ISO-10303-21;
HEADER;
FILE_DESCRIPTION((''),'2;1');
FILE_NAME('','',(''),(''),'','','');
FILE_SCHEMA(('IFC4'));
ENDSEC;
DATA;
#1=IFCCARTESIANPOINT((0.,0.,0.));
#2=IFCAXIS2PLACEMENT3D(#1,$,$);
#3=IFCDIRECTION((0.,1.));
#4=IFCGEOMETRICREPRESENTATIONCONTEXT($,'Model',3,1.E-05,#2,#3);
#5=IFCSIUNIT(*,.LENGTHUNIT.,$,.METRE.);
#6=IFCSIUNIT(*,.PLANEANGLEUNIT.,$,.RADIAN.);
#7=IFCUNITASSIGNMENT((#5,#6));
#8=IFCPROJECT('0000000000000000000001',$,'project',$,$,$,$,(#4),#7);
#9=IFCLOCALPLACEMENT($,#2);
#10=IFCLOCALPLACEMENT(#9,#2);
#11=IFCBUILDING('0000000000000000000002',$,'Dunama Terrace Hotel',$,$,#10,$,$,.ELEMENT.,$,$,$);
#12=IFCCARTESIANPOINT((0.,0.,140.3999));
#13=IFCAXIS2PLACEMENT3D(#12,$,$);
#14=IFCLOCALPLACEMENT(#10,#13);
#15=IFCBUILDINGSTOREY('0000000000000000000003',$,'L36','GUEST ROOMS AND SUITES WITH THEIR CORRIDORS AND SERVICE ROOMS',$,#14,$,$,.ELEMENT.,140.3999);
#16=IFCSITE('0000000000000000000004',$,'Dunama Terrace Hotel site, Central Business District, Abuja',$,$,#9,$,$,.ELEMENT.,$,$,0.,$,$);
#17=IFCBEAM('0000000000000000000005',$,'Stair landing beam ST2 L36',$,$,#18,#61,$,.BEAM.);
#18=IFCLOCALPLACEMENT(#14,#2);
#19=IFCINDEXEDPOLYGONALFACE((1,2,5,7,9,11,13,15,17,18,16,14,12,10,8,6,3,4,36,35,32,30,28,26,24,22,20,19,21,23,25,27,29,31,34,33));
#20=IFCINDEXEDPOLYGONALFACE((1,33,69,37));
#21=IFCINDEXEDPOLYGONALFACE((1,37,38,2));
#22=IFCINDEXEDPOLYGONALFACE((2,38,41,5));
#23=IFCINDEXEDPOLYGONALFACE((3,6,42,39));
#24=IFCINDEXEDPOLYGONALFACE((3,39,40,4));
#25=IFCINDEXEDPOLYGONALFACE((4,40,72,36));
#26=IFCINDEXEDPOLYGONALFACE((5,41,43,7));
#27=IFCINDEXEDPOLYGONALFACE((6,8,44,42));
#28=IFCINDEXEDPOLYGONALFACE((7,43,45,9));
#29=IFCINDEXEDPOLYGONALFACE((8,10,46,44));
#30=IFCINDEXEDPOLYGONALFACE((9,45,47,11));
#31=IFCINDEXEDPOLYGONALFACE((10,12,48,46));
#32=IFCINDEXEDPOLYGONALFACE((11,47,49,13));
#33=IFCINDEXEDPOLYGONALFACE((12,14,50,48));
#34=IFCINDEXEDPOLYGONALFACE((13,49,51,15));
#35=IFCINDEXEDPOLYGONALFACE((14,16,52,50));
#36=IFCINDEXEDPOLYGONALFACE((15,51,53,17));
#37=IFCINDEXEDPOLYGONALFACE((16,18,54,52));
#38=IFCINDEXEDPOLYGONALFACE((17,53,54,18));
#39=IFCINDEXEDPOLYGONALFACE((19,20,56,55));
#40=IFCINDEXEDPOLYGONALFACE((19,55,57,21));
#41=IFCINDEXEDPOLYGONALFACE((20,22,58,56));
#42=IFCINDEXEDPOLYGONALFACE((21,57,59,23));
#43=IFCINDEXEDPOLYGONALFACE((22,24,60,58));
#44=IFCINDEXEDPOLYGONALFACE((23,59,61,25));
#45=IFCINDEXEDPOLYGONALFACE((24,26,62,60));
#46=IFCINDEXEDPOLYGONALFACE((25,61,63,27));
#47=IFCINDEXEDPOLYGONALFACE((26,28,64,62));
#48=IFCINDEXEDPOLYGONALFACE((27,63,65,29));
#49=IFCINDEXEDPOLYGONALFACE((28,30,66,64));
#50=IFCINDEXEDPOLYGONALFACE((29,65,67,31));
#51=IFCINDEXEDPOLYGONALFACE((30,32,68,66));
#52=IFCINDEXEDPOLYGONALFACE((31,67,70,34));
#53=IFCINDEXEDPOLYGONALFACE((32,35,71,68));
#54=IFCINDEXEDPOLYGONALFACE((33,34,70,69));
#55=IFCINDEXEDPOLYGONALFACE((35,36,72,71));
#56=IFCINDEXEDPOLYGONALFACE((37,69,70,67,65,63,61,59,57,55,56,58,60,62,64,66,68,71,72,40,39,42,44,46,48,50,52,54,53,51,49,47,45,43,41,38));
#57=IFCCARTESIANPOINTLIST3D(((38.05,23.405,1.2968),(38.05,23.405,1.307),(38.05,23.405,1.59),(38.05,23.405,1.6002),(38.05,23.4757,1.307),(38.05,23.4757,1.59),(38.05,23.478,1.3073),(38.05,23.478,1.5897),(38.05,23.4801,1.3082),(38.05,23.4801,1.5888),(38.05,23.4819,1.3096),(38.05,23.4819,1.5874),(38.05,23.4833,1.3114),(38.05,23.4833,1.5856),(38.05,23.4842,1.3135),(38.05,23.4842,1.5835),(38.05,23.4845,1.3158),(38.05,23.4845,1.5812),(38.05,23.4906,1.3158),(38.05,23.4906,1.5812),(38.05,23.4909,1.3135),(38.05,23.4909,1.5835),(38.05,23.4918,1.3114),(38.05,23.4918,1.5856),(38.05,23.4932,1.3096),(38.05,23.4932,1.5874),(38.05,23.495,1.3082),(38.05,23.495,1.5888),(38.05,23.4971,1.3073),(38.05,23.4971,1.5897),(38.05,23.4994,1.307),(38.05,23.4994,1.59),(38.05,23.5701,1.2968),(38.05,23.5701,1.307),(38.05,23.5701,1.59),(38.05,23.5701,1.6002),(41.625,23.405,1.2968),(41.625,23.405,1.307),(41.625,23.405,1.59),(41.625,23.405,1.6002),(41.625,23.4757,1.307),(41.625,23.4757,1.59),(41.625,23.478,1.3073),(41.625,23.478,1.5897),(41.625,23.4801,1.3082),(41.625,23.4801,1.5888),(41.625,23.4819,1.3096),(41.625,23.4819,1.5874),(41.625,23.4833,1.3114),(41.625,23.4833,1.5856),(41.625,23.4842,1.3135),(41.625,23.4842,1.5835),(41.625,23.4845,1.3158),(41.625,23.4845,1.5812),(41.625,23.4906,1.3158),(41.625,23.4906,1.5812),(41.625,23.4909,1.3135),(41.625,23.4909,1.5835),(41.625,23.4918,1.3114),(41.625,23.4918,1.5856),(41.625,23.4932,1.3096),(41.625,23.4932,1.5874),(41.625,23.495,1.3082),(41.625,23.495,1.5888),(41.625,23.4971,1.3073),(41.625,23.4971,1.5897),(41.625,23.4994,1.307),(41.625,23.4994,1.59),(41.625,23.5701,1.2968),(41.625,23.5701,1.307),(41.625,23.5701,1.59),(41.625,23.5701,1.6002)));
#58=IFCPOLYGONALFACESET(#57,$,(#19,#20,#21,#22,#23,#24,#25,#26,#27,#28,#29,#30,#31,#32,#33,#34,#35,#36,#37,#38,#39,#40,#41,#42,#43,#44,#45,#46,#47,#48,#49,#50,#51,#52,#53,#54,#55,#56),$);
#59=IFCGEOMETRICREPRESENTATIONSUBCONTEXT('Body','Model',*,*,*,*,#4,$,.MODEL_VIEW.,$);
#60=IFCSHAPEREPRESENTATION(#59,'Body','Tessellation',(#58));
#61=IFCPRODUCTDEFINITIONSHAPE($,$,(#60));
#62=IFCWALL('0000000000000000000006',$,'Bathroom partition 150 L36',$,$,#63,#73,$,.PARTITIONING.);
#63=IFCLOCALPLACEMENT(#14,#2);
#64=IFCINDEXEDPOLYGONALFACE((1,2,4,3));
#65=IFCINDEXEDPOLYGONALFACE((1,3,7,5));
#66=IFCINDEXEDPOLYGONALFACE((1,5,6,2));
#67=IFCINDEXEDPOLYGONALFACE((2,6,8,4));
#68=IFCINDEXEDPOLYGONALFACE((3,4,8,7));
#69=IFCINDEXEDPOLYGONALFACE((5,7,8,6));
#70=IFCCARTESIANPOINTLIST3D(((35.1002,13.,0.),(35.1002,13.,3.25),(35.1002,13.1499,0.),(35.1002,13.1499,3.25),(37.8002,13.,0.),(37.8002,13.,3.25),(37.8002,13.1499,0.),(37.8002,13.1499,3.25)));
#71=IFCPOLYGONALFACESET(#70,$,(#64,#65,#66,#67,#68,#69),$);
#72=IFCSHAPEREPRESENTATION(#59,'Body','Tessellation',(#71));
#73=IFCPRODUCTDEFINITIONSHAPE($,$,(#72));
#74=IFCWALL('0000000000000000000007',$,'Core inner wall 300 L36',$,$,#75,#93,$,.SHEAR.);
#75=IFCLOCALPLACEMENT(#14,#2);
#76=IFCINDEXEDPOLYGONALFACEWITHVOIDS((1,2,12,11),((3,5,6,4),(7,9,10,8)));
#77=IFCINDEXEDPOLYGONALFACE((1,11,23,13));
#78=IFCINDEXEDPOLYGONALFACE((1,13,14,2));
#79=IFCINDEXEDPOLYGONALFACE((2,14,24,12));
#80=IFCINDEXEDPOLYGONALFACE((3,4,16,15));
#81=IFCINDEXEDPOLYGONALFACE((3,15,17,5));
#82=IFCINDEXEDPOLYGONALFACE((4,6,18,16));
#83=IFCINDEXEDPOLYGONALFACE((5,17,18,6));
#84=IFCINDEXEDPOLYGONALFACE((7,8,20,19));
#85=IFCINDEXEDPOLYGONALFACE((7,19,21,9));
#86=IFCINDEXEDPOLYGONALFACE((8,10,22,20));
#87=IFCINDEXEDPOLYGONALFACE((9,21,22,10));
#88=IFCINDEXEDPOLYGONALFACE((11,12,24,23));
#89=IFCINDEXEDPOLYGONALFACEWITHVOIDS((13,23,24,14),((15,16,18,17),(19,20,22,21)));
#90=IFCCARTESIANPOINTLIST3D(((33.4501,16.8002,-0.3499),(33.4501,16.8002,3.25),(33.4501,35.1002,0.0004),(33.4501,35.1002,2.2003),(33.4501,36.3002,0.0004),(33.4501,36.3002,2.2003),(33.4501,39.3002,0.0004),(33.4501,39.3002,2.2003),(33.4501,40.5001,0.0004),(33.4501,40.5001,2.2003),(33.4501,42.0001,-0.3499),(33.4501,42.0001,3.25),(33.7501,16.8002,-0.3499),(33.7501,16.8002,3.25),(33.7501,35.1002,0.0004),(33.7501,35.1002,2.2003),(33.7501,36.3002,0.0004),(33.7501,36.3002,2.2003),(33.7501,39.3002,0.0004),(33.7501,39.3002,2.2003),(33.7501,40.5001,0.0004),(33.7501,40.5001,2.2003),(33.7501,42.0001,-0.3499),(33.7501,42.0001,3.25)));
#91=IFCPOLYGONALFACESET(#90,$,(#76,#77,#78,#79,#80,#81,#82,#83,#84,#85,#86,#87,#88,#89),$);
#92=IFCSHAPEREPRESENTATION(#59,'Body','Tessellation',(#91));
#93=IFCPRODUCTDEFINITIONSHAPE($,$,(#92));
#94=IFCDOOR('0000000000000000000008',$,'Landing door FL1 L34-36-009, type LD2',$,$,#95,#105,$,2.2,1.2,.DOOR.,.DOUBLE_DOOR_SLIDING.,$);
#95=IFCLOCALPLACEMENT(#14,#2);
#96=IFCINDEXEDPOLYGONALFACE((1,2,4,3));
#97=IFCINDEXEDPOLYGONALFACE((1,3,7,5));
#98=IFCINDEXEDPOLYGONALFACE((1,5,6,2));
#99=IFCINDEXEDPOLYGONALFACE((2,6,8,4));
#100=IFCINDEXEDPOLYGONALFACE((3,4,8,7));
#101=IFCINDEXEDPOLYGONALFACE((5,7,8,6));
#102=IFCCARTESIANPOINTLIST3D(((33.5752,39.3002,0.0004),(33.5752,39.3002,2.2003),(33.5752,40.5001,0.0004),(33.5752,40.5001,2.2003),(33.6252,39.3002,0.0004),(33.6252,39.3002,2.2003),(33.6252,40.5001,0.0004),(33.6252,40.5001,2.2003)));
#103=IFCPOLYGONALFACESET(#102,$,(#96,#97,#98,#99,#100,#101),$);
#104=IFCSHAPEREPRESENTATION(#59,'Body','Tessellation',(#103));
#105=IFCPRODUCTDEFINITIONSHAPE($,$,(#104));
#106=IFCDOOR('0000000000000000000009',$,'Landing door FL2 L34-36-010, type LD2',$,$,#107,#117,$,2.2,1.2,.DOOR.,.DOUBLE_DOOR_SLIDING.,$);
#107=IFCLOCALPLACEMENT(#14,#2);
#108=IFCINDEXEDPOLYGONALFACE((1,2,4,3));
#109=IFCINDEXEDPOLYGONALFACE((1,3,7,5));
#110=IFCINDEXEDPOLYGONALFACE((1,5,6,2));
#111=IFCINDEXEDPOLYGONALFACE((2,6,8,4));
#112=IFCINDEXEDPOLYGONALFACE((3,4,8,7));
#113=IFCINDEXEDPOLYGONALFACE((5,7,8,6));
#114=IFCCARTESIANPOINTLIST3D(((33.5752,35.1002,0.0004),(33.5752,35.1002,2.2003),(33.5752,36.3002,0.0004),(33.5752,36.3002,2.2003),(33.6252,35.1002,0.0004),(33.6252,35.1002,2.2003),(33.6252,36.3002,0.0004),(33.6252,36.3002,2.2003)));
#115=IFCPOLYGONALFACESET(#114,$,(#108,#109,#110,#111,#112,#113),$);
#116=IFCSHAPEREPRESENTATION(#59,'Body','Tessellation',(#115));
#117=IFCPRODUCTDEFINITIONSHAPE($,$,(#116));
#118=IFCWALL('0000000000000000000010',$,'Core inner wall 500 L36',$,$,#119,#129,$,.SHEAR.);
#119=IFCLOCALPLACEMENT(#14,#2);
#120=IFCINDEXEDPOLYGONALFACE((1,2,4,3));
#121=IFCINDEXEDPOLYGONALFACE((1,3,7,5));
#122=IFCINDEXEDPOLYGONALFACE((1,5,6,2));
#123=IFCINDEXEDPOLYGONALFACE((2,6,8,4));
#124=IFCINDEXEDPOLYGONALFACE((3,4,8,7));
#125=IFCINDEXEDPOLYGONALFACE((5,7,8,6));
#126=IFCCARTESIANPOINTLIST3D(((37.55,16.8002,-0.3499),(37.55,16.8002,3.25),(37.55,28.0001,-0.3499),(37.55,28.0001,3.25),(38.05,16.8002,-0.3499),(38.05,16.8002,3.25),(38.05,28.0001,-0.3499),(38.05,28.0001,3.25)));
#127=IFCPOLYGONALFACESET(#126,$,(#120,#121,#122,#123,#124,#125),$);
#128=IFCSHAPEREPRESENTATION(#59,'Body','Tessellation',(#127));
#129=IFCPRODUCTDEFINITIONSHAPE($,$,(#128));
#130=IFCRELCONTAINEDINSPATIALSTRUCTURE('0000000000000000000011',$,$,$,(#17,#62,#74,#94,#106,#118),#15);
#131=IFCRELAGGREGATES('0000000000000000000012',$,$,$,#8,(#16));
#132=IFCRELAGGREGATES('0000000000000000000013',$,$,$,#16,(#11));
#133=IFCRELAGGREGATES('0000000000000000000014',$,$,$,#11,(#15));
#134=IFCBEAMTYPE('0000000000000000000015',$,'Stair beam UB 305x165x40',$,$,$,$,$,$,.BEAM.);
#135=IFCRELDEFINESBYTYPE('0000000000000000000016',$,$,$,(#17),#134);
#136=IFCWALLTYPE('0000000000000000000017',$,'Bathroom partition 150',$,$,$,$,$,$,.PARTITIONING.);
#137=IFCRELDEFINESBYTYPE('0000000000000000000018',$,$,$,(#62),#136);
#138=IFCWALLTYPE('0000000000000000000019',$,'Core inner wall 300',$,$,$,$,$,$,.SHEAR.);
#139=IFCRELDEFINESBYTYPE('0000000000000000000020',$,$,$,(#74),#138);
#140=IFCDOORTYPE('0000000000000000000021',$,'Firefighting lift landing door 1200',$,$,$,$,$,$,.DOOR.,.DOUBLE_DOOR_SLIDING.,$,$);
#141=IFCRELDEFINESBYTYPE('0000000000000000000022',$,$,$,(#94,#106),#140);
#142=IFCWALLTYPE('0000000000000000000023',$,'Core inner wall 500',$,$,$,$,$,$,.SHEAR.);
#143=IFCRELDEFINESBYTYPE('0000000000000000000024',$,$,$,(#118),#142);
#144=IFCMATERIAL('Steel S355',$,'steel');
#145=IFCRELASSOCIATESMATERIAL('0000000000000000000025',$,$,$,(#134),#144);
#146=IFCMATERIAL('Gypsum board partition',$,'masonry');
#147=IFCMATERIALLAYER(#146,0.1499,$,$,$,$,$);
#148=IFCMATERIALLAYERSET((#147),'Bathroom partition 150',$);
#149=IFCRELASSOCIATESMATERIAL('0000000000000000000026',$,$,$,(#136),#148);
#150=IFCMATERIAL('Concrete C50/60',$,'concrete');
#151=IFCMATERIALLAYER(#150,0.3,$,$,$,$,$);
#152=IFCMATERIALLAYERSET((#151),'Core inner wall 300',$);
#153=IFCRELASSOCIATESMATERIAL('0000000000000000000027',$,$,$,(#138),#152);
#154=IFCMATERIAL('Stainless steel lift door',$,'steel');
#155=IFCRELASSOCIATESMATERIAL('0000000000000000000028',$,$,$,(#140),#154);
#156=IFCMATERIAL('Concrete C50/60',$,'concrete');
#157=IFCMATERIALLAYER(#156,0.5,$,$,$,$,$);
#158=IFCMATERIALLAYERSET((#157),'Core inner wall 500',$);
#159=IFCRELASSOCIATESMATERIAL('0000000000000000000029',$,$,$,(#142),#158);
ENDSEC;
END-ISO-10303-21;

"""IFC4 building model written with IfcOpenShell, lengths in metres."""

from ifc_helpers import new_model, si_unit, direction, frame, frame_2d, origin, origin_2d, place, context, subcontext, project, spatial, rectangle, i_section, extrude, material, layer, layer_set, material_profile, profile_set, type_object, element, fill, save


model = new_model("IFC4")

# Units and contexts
model_context = context("Model", 3, precision=1e-05, world=origin(), true_north=direction((0.0, 1.0)))
body_context = subcontext(model_context, "Body", "Model", "MODEL_VIEW")
ifc_project = project(units=[si_unit("LENGTHUNIT", "METRE"), si_unit("PLANEANGLEUNIT", "RADIAN")], contexts=[model_context])

# Site, building, storey
site_placement = place(None, origin())
site = spatial("IfcSite", under=ifc_project, at=site_placement, Name="Dunama Terrace Hotel site, Central Business District, Abuja", CompositionType="ELEMENT", RefElevation=0.0)
building_placement = place(site_placement, origin())
building = spatial("IfcBuilding", under=site, at=building_placement, Name="Dunama Terrace Hotel", CompositionType="ELEMENT")
storey_placement = place(building_placement, frame((0.0, 0.0, 140.3999)))
storey = spatial("IfcBuildingStorey", under=building, at=storey_placement, Name="L36", Description="GUEST ROOMS AND SUITES WITH THEIR CORRIDORS AND SERVICE ROOMS", CompositionType="ELEMENT", Elevation=140.3999)

# Beam
ifc_material_1 = material(Name="Steel S355", Category="steel")
ifc_material_profile = material_profile(ifc_material_1, i_section(OverallWidth=0.165, OverallDepth=0.3035, WebThickness=0.0061, FlangeThickness=0.0103, FilletRadius=0.0088, at=origin_2d()), Name="UB 305x165x40")
ifc_profile_set = profile_set([ifc_material_profile], Name="Steel S355")
beam_type = type_object("IfcBeamType", Name="Stair beam UB 305x165x40", PredefinedType="BEAM", material=ifc_profile_set)
beam_placement = place(storey_placement, frame((38.05, 23.4875, 1.4485), z_axis=(1.0, 0.0, 0.0), x_axis=(0.0, 1.0, 0.0)))
element("IfcBeam", 1, at=beam_placement, inside=storey, type_object=beam_type, Name="Stair landing beam ST2 L36", PredefinedType="BEAM", context=body_context, shape_type="SweptSolid", body=[
    extrude(i_section(OverallWidth=0.165, OverallDepth=0.3035, WebThickness=0.0061, FlangeThickness=0.0103, FilletRadius=0.0088, at=origin_2d()), origin(), (0.0, 0.0, 1.0), 3.575),
])

# Wall
ifc_material_2 = material(Name="Gypsum board partition", Category="masonry")
ifc_layer_1 = layer(ifc_material_2, 0.1499)
ifc_layer_set_1 = layer_set([ifc_layer_1], Name="Bathroom partition 150")
wall_type_1 = type_object("IfcWallType", Name="Bathroom partition 150", PredefinedType="PARTITIONING", material=ifc_layer_set_1)
wall_1_placement = place(storey_placement, frame((35.1001, 13.075, 0.0), z_axis=(0.0, 0.0, 1.0), x_axis=(1.0, 0.0, 0.0)))
element("IfcWall", 2, at=wall_1_placement, inside=storey, type_object=wall_type_1, Name="Bathroom partition 150 L36", PredefinedType="PARTITIONING", context=body_context, shape_type="SweptSolid", body=[
    extrude(rectangle(XDim=2.7, YDim=0.1499, at=frame_2d((1.3501, 0.0))), origin(), (0.0, 0.0, 1.0), 3.25),
])

# Wall, openings, doors
ifc_material_3 = material(Name="Concrete C50/60", Category="concrete")
ifc_layer_2 = layer(ifc_material_3, 0.3)
ifc_layer_set_2 = layer_set([ifc_layer_2], Name="Core inner wall 300")
wall_type_2 = type_object("IfcWallType", Name="Core inner wall 300", PredefinedType="SHEAR", material=ifc_layer_set_2)
wall_2_placement = place(storey_placement, frame((33.6001, 16.8, -0.3499), z_axis=(0.0, 0.0, 1.0), x_axis=(0.0, 1.0, 0.0)))
wall_2 = element("IfcWall", 3, at=wall_2_placement, inside=storey, type_object=wall_type_2, Name="Core inner wall 300 L36", PredefinedType="SHEAR", context=body_context, shape_type="SweptSolid", body=[
    extrude(rectangle(XDim=25.2, YDim=0.3, at=frame_2d((12.6001, 0.0))), origin(), (0.0, 0.0, 1.0), 3.5999),
])
opening_1_placement = place(wall_2_placement, frame((22.5, 0.0, 0.3501)))
opening_1 = element("IfcOpeningElement", 4, at=opening_1_placement, cuts=wall_2, PredefinedType="OPENING", context=body_context, shape_type="SweptSolid", body=[
    extrude(rectangle(XDim=1.2, YDim=2.2, at=frame_2d((0.6001, 1.1001))), frame((0.0, 0.1599, 0.0), z_axis=(0.0, -1.0, 0.0), x_axis=(1.0, 0.0, 0.0)), (0.0, 0.0, 1.0), 0.3201),
])
opening_2_placement = place(wall_2_placement, frame((18.3, 0.0, 0.3501)))
opening_2 = element("IfcOpeningElement", 5, at=opening_2_placement, cuts=wall_2, PredefinedType="OPENING", context=body_context, shape_type="SweptSolid", body=[
    extrude(rectangle(XDim=1.2, YDim=2.2, at=frame_2d((0.6001, 1.1001))), frame((0.0, 0.1599, 0.0), z_axis=(0.0, -1.0, 0.0), x_axis=(1.0, 0.0, 0.0)), (0.0, 0.0, 1.0), 0.3201),
])
ifc_material_4 = material(Name="Stainless steel lift door", Category="steel")
door_type_1 = type_object("IfcDoorType", Name="Firefighting lift landing door 1200", OperationType="DOUBLE_DOOR_SLIDING", PredefinedType="DOOR", material=ifc_material_4)
door_1_placement = place(opening_1_placement, origin())
door_1 = element("IfcDoor", 6, at=door_1_placement, inside=storey, type_object=door_type_1, Name="Landing door FL1 L34-36-009, type LD2", OperationType="DOUBLE_DOOR_SLIDING", OverallHeight=2.2, OverallWidth=1.2, PredefinedType="DOOR", context=body_context, shape_type="SweptSolid", body=[
    extrude(rectangle(XDim=1.2, YDim=2.2, at=frame_2d((0.6001, 1.1001))), frame((0.0, 0.0249, 0.0), z_axis=(0.0, -1.0, 0.0), x_axis=(1.0, 0.0, 0.0)), (0.0, 0.0, 1.0), 0.05),
])
fill(opening_1, door_1)
door_2_placement = place(opening_2_placement, origin())
door_2 = element("IfcDoor", 7, at=door_2_placement, inside=storey, type_object=door_type_1, Name="Landing door FL2 L34-36-010, type LD2", OperationType="DOUBLE_DOOR_SLIDING", OverallHeight=2.2, OverallWidth=1.2, PredefinedType="DOOR", context=body_context, shape_type="SweptSolid", body=[
    extrude(rectangle(XDim=1.2, YDim=2.2, at=frame_2d((0.6001, 1.1001))), frame((0.0, 0.0249, 0.0), z_axis=(0.0, -1.0, 0.0), x_axis=(1.0, 0.0, 0.0)), (0.0, 0.0, 1.0), 0.05),
])
fill(opening_2, door_2)

# Wall
ifc_material_5 = material(Name="Concrete C50/60", Category="concrete")
ifc_layer_3 = layer(ifc_material_5, 0.5)
ifc_layer_set_3 = layer_set([ifc_layer_3], Name="Core inner wall 500")
wall_type_3 = type_object("IfcWallType", Name="Core inner wall 500", PredefinedType="SHEAR", material=ifc_layer_set_3)
wall_3_placement = place(storey_placement, frame((37.8, 16.8, -0.3499), z_axis=(0.0, 0.0, 1.0), x_axis=(0.0, 1.0, 0.0)))
element("IfcWall", 8, at=wall_3_placement, inside=storey, type_object=wall_type_3, Name="Core inner wall 500 L36", PredefinedType="SHEAR", context=body_context, shape_type="SweptSolid", body=[
    extrude(rectangle(XDim=11.2, YDim=0.5, at=frame_2d((5.6001, 0.0))), origin(), (0.0, 0.0, 1.0), 3.5999),
])

save(model, "model.ifc")
